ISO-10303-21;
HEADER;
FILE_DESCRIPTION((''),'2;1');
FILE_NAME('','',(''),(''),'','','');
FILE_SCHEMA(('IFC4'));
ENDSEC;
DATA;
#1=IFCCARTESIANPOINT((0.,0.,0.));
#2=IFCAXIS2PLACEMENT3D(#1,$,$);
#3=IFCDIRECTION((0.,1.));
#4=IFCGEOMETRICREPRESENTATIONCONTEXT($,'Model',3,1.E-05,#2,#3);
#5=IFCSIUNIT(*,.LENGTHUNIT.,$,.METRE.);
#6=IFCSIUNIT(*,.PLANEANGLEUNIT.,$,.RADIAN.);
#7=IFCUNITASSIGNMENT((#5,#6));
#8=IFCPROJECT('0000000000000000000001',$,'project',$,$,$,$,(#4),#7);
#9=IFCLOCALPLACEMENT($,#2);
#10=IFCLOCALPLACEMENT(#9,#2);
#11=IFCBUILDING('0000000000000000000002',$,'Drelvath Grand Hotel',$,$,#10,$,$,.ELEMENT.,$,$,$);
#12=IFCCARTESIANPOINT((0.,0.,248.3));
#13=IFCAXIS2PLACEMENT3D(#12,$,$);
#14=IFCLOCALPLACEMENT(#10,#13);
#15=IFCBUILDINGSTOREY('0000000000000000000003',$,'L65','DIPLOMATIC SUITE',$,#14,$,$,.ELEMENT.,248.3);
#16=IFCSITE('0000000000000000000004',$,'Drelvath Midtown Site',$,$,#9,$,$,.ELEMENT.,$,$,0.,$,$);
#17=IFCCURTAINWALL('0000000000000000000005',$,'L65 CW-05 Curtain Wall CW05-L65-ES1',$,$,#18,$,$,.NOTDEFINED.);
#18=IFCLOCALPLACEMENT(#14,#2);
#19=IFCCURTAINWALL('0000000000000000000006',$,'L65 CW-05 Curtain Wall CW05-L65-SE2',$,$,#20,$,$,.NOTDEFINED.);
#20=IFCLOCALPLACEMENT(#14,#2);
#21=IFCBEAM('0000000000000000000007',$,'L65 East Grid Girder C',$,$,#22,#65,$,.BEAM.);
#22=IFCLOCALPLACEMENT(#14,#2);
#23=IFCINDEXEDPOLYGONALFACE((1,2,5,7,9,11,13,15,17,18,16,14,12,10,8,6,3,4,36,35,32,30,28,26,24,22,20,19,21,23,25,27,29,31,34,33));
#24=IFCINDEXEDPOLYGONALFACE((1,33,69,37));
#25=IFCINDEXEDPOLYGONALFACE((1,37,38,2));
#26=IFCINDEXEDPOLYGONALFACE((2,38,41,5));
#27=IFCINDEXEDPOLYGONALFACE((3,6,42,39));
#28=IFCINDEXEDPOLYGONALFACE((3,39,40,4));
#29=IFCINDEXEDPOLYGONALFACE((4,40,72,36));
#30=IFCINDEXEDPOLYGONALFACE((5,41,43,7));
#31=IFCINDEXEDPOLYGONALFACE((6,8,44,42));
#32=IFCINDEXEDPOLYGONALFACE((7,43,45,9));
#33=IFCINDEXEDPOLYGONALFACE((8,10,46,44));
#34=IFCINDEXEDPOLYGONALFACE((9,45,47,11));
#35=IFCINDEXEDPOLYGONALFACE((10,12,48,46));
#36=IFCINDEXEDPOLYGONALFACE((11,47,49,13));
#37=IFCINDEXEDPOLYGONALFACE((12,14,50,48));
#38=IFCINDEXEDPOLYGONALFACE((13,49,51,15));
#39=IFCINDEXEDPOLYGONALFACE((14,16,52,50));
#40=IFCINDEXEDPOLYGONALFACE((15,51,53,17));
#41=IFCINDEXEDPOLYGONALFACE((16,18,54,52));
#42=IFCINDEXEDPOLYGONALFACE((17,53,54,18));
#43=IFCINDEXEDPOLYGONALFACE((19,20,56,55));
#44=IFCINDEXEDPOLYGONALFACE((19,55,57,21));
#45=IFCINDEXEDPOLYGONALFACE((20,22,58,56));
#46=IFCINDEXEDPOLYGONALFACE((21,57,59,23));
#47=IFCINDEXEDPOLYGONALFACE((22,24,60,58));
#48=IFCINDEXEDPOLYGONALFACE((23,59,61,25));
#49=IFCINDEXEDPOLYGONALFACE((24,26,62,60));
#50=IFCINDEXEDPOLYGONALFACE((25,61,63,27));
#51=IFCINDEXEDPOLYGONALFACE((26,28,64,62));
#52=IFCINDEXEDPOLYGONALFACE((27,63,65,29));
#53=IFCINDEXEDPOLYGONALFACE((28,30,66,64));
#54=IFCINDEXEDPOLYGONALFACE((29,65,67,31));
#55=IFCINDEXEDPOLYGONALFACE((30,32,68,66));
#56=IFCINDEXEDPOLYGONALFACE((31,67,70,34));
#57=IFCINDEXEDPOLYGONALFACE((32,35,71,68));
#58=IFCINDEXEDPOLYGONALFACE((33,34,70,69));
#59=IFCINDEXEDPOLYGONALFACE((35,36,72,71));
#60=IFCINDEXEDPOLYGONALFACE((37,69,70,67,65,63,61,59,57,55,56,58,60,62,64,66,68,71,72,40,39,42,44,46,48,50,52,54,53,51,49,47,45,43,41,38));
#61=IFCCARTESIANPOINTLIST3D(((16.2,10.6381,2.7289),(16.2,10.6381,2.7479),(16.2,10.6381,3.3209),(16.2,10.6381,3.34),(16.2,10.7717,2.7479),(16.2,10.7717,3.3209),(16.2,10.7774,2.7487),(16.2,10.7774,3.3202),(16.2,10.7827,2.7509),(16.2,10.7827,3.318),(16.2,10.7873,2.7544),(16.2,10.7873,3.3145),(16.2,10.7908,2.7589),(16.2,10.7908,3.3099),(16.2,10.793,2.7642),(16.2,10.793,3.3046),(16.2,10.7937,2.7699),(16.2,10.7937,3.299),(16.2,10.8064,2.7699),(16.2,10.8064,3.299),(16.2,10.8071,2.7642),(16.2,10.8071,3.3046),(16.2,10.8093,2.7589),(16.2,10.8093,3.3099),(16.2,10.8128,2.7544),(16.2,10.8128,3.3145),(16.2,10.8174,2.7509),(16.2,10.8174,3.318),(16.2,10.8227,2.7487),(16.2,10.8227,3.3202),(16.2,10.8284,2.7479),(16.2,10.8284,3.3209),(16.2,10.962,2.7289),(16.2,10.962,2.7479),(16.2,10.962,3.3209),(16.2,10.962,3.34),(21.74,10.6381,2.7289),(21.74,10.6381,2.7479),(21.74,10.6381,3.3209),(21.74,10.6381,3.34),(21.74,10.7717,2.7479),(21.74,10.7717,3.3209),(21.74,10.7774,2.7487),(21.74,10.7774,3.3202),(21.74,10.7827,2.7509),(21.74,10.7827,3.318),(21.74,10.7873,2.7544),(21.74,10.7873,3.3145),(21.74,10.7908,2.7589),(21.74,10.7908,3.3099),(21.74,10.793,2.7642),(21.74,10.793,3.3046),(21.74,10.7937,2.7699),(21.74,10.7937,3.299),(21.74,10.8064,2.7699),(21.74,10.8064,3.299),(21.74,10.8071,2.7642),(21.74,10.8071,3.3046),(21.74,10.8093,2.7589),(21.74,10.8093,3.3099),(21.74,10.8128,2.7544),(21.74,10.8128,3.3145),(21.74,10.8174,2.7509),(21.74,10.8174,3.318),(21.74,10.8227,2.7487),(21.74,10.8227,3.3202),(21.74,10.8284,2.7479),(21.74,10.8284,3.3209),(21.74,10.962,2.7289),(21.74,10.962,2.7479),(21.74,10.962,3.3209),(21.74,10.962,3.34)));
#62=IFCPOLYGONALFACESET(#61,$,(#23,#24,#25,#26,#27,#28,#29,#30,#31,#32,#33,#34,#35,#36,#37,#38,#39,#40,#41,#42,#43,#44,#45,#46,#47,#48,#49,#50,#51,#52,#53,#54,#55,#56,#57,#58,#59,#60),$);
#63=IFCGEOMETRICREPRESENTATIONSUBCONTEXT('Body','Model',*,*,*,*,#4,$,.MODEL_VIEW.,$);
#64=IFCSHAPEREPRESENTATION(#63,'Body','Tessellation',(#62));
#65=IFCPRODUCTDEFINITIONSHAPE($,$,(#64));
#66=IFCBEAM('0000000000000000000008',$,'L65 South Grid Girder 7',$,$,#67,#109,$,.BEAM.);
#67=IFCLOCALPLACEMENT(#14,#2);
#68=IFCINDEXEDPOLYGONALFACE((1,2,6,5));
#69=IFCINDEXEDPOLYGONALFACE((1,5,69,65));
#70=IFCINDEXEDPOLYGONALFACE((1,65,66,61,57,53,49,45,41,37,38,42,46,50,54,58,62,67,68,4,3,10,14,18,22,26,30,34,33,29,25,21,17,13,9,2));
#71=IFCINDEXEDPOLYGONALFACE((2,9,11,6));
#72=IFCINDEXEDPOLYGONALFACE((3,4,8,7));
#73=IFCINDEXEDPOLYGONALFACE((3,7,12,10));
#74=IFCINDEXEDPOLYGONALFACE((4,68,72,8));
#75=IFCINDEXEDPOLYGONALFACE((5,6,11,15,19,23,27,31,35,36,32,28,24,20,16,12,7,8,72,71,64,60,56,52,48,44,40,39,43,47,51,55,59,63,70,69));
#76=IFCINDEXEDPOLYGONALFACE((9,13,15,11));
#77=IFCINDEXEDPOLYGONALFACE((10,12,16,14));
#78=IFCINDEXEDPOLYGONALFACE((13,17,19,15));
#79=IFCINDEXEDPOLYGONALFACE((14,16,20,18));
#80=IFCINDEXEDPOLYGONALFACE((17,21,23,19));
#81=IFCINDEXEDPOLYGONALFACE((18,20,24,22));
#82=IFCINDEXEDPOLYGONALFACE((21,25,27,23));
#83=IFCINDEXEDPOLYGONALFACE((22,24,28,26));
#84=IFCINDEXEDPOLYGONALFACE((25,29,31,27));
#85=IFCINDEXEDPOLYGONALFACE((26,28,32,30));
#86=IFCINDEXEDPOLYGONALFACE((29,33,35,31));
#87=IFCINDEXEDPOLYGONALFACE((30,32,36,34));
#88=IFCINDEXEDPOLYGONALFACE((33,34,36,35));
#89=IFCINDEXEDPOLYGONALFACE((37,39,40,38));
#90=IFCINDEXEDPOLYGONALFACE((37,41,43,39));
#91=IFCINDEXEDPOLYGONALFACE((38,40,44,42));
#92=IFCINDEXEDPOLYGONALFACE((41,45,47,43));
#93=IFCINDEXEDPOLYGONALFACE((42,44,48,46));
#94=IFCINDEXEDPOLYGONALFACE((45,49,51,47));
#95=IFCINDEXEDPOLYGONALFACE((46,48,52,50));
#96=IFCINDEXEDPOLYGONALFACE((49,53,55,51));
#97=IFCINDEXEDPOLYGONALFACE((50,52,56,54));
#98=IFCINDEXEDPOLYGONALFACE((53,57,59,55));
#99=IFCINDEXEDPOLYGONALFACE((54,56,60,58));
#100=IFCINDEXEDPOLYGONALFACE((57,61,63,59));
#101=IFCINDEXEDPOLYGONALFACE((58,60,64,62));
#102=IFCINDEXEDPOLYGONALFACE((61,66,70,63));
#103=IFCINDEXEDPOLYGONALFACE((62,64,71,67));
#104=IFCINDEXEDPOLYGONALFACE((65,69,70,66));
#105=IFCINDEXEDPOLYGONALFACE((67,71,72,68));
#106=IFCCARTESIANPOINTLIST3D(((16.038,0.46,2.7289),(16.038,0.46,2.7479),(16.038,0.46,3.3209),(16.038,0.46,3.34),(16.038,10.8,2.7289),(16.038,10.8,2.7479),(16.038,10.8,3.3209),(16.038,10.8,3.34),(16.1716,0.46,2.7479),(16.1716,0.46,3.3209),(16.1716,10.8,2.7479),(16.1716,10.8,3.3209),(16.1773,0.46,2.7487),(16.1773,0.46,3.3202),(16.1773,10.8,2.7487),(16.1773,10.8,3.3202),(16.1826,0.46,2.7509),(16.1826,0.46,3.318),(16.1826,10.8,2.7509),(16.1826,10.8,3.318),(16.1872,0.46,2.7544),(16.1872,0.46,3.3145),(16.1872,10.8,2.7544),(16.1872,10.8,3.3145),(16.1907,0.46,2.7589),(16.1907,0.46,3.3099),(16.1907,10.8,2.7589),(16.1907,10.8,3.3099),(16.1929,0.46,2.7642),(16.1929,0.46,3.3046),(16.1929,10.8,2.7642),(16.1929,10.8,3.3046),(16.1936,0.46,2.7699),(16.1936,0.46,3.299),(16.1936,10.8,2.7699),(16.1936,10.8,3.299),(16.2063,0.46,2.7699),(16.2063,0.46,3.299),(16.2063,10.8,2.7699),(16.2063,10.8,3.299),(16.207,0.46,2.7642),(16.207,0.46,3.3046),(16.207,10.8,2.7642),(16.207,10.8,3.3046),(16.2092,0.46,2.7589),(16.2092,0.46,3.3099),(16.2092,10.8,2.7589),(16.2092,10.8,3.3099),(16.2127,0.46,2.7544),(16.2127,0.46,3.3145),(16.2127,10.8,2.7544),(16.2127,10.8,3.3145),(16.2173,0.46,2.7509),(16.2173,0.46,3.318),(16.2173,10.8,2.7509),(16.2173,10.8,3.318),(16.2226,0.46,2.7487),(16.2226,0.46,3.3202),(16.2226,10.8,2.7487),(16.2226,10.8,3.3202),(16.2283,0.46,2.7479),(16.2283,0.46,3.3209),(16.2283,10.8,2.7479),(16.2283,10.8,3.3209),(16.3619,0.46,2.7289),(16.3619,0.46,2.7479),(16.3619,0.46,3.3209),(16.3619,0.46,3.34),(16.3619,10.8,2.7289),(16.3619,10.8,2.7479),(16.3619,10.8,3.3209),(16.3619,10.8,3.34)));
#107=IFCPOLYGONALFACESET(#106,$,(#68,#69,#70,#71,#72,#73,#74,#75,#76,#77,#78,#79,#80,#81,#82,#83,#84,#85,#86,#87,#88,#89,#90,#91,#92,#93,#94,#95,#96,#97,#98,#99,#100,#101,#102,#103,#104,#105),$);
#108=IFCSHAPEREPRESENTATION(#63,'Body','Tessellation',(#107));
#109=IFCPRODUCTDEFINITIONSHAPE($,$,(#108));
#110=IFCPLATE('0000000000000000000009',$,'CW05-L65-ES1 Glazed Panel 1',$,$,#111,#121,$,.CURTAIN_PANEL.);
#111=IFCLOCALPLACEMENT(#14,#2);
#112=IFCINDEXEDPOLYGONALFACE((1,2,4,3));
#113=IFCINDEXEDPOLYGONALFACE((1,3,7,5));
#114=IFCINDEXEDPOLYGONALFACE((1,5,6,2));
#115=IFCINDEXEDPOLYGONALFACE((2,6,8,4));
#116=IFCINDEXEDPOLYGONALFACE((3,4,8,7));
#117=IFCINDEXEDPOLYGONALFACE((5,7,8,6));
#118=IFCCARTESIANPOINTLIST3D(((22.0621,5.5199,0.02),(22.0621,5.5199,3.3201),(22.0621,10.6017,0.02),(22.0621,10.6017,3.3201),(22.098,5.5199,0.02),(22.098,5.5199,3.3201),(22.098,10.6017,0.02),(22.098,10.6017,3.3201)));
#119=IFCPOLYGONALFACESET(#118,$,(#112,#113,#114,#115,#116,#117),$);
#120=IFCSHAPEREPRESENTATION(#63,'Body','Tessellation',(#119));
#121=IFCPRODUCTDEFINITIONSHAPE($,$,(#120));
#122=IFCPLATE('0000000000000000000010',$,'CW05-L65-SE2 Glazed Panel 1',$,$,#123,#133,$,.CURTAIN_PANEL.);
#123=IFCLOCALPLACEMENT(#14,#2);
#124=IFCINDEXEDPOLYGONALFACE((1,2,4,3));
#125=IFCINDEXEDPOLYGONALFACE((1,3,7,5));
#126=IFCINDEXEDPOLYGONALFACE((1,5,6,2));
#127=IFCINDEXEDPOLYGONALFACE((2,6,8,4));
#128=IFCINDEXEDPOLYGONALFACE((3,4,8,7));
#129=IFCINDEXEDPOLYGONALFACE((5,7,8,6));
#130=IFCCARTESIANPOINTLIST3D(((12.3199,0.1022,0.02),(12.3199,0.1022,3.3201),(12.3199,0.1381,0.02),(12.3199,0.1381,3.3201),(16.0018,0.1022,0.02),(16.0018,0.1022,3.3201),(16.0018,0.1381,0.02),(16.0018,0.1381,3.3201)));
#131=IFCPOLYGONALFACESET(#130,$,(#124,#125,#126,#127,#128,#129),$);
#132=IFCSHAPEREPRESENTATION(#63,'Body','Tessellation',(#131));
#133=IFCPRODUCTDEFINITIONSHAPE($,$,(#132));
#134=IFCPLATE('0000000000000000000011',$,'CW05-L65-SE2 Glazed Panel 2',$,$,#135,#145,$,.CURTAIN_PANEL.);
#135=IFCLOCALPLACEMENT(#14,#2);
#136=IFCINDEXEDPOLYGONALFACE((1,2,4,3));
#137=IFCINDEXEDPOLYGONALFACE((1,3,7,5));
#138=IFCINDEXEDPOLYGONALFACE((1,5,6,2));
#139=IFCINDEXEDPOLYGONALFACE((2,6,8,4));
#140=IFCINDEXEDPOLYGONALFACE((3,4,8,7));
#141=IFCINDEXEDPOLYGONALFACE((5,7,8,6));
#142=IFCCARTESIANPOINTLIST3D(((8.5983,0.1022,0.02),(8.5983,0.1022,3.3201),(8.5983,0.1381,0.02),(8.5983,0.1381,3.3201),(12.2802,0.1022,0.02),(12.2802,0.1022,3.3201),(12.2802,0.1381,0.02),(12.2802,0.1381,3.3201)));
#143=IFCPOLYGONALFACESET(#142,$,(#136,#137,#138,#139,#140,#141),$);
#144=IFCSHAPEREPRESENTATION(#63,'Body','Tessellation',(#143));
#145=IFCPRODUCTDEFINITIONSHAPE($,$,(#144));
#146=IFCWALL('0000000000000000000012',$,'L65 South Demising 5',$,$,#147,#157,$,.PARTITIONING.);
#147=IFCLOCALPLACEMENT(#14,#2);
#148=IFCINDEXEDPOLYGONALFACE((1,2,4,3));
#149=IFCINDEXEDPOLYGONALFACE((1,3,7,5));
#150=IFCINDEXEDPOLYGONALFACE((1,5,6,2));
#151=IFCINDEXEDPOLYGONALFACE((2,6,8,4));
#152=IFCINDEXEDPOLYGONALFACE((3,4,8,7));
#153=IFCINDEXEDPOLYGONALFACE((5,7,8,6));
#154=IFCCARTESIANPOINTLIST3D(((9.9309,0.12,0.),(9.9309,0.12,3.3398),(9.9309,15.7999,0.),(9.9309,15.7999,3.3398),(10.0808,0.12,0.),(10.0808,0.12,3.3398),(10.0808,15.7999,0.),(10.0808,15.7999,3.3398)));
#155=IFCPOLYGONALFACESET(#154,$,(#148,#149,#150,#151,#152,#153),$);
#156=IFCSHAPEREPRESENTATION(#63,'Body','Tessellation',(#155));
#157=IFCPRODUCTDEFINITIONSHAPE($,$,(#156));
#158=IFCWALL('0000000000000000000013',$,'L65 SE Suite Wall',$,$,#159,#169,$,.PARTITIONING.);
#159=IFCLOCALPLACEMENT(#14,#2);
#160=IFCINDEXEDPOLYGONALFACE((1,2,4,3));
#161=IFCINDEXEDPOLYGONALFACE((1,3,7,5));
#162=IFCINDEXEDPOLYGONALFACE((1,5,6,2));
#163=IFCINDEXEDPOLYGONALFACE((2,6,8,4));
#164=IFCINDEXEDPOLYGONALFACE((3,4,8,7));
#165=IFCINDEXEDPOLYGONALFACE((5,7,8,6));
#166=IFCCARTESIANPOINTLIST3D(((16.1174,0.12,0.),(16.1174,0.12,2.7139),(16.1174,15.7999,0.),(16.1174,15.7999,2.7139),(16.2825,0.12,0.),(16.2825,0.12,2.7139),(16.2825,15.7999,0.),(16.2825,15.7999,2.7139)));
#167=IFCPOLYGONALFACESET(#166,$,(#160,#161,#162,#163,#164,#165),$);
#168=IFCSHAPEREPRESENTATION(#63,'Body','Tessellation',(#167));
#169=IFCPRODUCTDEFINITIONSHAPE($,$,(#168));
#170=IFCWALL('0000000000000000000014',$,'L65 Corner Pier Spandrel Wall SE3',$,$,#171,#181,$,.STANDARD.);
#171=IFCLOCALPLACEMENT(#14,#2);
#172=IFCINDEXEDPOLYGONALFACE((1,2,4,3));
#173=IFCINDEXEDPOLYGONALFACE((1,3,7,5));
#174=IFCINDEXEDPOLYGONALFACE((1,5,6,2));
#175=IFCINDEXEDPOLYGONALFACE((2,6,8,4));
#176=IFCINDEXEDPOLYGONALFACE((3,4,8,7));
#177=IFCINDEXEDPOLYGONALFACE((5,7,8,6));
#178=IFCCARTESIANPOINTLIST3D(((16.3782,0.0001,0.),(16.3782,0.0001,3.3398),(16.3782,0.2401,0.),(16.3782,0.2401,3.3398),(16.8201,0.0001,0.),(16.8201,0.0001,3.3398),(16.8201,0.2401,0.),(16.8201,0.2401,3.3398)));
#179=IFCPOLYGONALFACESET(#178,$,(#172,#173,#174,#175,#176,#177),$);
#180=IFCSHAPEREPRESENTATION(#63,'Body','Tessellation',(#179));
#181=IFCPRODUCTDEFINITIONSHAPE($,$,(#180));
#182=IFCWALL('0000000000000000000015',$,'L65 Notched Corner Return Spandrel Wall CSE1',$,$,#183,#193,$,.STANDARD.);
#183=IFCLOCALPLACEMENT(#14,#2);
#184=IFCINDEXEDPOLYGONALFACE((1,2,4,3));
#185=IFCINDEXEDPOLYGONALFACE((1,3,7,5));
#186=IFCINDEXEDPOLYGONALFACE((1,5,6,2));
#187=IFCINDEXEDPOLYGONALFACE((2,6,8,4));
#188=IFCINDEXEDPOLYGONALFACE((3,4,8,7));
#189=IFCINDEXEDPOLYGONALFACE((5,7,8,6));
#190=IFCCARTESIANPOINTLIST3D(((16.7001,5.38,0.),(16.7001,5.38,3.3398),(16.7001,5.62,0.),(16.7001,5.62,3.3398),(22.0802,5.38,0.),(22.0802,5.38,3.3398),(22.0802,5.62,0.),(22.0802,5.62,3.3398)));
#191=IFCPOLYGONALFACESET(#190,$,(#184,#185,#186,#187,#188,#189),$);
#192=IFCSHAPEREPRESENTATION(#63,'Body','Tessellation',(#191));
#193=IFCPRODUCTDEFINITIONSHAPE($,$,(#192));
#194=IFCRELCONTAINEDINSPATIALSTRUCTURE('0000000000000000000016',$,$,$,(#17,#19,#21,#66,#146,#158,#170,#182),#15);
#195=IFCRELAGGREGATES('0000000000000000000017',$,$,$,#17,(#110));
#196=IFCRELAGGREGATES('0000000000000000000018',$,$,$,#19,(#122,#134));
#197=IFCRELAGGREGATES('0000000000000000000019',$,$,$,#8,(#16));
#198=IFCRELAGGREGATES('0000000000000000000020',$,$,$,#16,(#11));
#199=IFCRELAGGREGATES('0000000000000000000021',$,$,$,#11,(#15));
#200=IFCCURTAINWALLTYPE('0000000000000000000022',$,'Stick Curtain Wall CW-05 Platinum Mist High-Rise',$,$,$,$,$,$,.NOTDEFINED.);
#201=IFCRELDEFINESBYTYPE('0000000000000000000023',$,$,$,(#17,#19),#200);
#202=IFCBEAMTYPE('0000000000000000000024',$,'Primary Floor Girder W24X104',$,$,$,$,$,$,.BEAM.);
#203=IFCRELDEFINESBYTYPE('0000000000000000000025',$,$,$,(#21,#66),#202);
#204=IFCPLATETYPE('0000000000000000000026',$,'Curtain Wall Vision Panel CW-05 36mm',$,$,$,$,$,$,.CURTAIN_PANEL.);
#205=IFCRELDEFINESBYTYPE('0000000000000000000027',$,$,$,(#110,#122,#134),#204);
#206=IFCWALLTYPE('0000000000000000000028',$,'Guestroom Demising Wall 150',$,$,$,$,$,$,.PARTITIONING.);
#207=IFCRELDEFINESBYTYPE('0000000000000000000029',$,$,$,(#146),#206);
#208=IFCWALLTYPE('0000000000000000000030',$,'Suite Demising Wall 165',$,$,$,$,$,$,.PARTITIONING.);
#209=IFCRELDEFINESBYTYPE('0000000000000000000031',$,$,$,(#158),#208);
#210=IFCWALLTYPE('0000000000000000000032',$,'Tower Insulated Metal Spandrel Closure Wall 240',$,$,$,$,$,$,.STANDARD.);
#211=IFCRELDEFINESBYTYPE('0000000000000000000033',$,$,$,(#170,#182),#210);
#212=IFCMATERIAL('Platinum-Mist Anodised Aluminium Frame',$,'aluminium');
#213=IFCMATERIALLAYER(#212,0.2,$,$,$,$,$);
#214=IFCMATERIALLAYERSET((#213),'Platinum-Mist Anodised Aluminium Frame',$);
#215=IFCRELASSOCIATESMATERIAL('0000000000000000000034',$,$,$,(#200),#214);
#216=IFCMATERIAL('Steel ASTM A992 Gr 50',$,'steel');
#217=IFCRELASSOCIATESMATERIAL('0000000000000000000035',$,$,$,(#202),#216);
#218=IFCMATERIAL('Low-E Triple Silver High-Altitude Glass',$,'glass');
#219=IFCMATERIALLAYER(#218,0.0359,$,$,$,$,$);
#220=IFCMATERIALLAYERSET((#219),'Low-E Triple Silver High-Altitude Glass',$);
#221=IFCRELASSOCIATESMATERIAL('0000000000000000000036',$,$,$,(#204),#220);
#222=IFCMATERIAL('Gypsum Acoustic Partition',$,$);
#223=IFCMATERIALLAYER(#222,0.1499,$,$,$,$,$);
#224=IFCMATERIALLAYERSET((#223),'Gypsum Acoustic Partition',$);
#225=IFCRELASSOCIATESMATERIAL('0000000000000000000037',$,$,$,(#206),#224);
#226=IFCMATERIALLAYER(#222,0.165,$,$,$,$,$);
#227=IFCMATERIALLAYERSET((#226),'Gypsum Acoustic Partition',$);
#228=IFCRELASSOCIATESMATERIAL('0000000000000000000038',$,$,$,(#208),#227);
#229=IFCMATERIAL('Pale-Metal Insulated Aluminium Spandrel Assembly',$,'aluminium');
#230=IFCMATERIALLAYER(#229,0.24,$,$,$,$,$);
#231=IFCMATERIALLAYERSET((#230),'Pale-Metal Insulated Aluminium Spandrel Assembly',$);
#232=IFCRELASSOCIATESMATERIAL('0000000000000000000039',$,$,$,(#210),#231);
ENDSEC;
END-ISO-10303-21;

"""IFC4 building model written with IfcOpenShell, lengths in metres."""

from ifc_helpers import new_model, si_unit, direction, frame, frame_2d, origin, origin_2d, place, context, subcontext, project, spatial, rectangle, i_section, extrude, material, layer, layer_set, material_profile, profile_set, type_object, element, aggregate, save


model = new_model("IFC4")

# Units and contexts
model_context = context("Model", 3, precision=1e-05, world=origin(), true_north=direction((0.0, 1.0)))
body_context = subcontext(model_context, "Body", "Model", "MODEL_VIEW")
ifc_project = project(units=[si_unit("LENGTHUNIT", "METRE"), si_unit("PLANEANGLEUNIT", "RADIAN")], contexts=[model_context])

# Site, building, storey
site_placement = place(None, origin())
site = spatial("IfcSite", under=ifc_project, at=site_placement, Name="Drelvath Midtown Site", CompositionType="ELEMENT", RefElevation=0.0)
building_placement = place(site_placement, origin())
building = spatial("IfcBuilding", under=site, at=building_placement, Name="Drelvath Grand Hotel", CompositionType="ELEMENT")
storey_placement = place(building_placement, frame((0.0, 0.0, 248.3)))
storey = spatial("IfcBuildingStorey", under=building, at=storey_placement, Name="L65", Description="DIPLOMATIC SUITE", CompositionType="ELEMENT", Elevation=248.3)

# Shared definitions
ifc_material_1 = material(Name="Steel ASTM A992 Gr 50", Category="steel")

# Curtain walls
ifc_material_2 = material(Name="Platinum-Mist Anodised Aluminium Frame", Category="aluminium")
ifc_layer_1 = layer(ifc_material_2, 0.2)
ifc_layer_set_1 = layer_set([ifc_layer_1], Name="Platinum-Mist Anodised Aluminium Frame")
curtain_wall_type = type_object("IfcCurtainWallType", Name="Stick Curtain Wall CW-05 Platinum Mist High-Rise", PredefinedType="NOTDEFINED", material=ifc_layer_set_1)
curtain_wall_1_placement = place(storey_placement, origin())
curtain_wall_1 = element("IfcCurtainWall", 1, at=curtain_wall_1_placement, inside=storey, type_object=curtain_wall_type, Name="L65 CW-05 Curtain Wall CW05-L65-ES1", PredefinedType="NOTDEFINED")
curtain_wall_2_placement = place(storey_placement, origin())
curtain_wall_2 = element("IfcCurtainWall", 2, at=curtain_wall_2_placement, inside=storey, type_object=curtain_wall_type, Name="L65 CW-05 Curtain Wall CW05-L65-SE2", PredefinedType="NOTDEFINED")

# Beams
ifc_material_profile_1 = material_profile(ifc_material_1, i_section(OverallWidth=0.324, OverallDepth=0.6111, WebThickness=0.0127, FlangeThickness=0.019, FilletRadius=0.022, at=origin_2d()), Name="W24X104")
ifc_profile_set_1 = profile_set([ifc_material_profile_1], Name="Steel ASTM A992 Gr 50")
beam_type_1 = type_object("IfcBeamType", Name="Primary Floor Girder W24X104", PredefinedType="BEAM", material=ifc_profile_set_1)
beam_1_placement = place(storey_placement, frame((16.2, 10.8, 3.0344), z_axis=(1.0, 0.0, 0.0), x_axis=(0.0, 1.0, 0.0)))
element("IfcBeam", 3, at=beam_1_placement, inside=storey, type_object=beam_type_1, Name="L65 East Grid Girder C", PredefinedType="BEAM", context=body_context, shape_type="SweptSolid", body=[
    extrude(i_section(OverallWidth=0.324, OverallDepth=0.6111, WebThickness=0.0127, FlangeThickness=0.019, FilletRadius=0.022, at=origin_2d()), origin(), (0.0, 0.0, 1.0), 5.54),
])
beam_2_placement = place(storey_placement, frame((16.2, 0.46, 3.0344), z_axis=(0.0, 1.0, 0.0), x_axis=(-1.0, 0.0, 0.0)))
element("IfcBeam", 4, at=beam_2_placement, inside=storey, type_object=beam_type_1, Name="L65 South Grid Girder 7", PredefinedType="BEAM", context=body_context, shape_type="SweptSolid", body=[
    extrude(i_section(OverallWidth=0.324, OverallDepth=0.6111, WebThickness=0.0127, FlangeThickness=0.019, FilletRadius=0.022, at=origin_2d()), origin(), (0.0, 0.0, 1.0), 10.3401),
])

# Plates
ifc_material_3 = material(Name="Low-E Triple Silver High-Altitude Glass", Category="glass")
ifc_layer_2 = layer(ifc_material_3, 0.0359)
ifc_layer_set_2 = layer_set([ifc_layer_2], Name="Low-E Triple Silver High-Altitude Glass")
plate_type = type_object("IfcPlateType", Name="Curtain Wall Vision Panel CW-05 36mm", PredefinedType="CURTAIN_PANEL", material=ifc_layer_set_2)
plate_1_placement = place(storey_placement, frame((22.0801, 8.0608, 0.02), z_axis=(0.0, 0.0, 1.0), x_axis=(0.0, -1.0, 0.0)))
plate_1 = element("IfcPlate", 5, at=plate_1_placement, type_object=plate_type, Name="CW05-L65-ES1 Glazed Panel 1", PredefinedType="CURTAIN_PANEL", context=body_context, shape_type="SweptSolid", body=[
    extrude(rectangle(XDim=5.0818, YDim=0.0359, at=origin_2d()), origin(), (0.0, 0.0, 1.0), 3.3),
])
aggregate(curtain_wall_1, [plate_1])
plate_2_placement = place(storey_placement, frame((14.1609, 0.1201, 0.02), z_axis=(0.0, 0.0, 1.0), x_axis=(-1.0, 0.0, 0.0)))
plate_2 = element("IfcPlate", 6, at=plate_2_placement, type_object=plate_type, Name="CW05-L65-SE2 Glazed Panel 1", PredefinedType="CURTAIN_PANEL", context=body_context, shape_type="SweptSolid", body=[
    extrude(rectangle(XDim=3.6819, YDim=0.0359, at=origin_2d()), origin(), (0.0, 0.0, 1.0), 3.3),
])
plate_3_placement = place(storey_placement, frame((10.4392, 0.1201, 0.02), z_axis=(0.0, 0.0, 1.0), x_axis=(-1.0, 0.0, 0.0)))
plate_3 = element("IfcPlate", 7, at=plate_3_placement, type_object=plate_type, Name="CW05-L65-SE2 Glazed Panel 2", PredefinedType="CURTAIN_PANEL", context=body_context, shape_type="SweptSolid", body=[
    extrude(rectangle(XDim=3.6819, YDim=0.0359, at=origin_2d()), origin(), (0.0, 0.0, 1.0), 3.3),
])
aggregate(curtain_wall_2, [plate_2, plate_3])

# Walls
ifc_material_4 = material(Name="Gypsum Acoustic Partition")
ifc_layer_3 = layer(ifc_material_4, 0.1499)
ifc_layer_set_3 = layer_set([ifc_layer_3], Name="Gypsum Acoustic Partition")
wall_type_1 = type_object("IfcWallType", Name="Guestroom Demising Wall 150", PredefinedType="PARTITIONING", material=ifc_layer_set_3)
wall_1_placement = place(storey_placement, frame((10.0059, 0.1201, 0.0), z_axis=(0.0, 0.0, 1.0), x_axis=(0.0, 1.0, 0.0)))
element("IfcWall", 8, at=wall_1_placement, inside=storey, type_object=wall_type_1, Name="L65 South Demising 5", PredefinedType="PARTITIONING", context=body_context, shape_type="SweptSolid", body=[
    extrude(rectangle(XDim=15.6799, YDim=0.1499, at=frame_2d((7.8398, 0.0))), origin(), (0.0, 0.0, 1.0), 3.3398),
])
ifc_layer_4 = layer(ifc_material_4, 0.165)
ifc_layer_set_4 = layer_set([ifc_layer_4], Name="Gypsum Acoustic Partition")
wall_type_2 = type_object("IfcWallType", Name="Suite Demising Wall 165", PredefinedType="PARTITIONING", material=ifc_layer_set_4)
wall_2_placement = place(storey_placement, frame((16.2, 0.1201, 0.0), z_axis=(0.0, 0.0, 1.0), x_axis=(0.0, 1.0, 0.0)))
element("IfcWall", 9, at=wall_2_placement, inside=storey, type_object=wall_type_2, Name="L65 SE Suite Wall", PredefinedType="PARTITIONING", context=body_context, shape_type="SweptSolid", body=[
    extrude(rectangle(XDim=15.6799, YDim=0.165, at=frame_2d((7.8398, 0.0))), origin(), (0.0, 0.0, 1.0), 2.7139),
])
ifc_material_5 = material(Name="Pale-Metal Insulated Aluminium Spandrel Assembly", Category="aluminium")
ifc_layer_5 = layer(ifc_material_5, 0.24)
ifc_layer_set_5 = layer_set([ifc_layer_5], Name="Pale-Metal Insulated Aluminium Spandrel Assembly")
wall_type_3 = type_object("IfcWallType", Name="Tower Insulated Metal Spandrel Closure Wall 240", PredefinedType="STANDARD", material=ifc_layer_set_5)
wall_3_placement = place(storey_placement, frame((16.8201, 0.1201, 0.0), z_axis=(0.0, 0.0, 1.0), x_axis=(-1.0, 0.0, 0.0)))
element("IfcWall", 10, at=wall_3_placement, inside=storey, type_object=wall_type_3, Name="L65 Corner Pier Spandrel Wall SE3", PredefinedType="STANDARD", context=body_context, shape_type="SweptSolid", body=[
    extrude(rectangle(XDim=0.4419, YDim=0.24, at=frame_2d((0.2209, 0.0))), origin(), (0.0, 0.0, 1.0), 3.3398),
])
wall_4_placement = place(storey_placement, frame((22.0801, 5.5, 0.0), z_axis=(0.0, 0.0, 1.0), x_axis=(-1.0, 0.0, 0.0)))
element("IfcWall", 11, at=wall_4_placement, inside=storey, type_object=wall_type_3, Name="L65 Notched Corner Return Spandrel Wall CSE1", PredefinedType="STANDARD", context=body_context, shape_type="SweptSolid", body=[
    extrude(rectangle(XDim=5.3801, YDim=0.24, at=frame_2d((2.6899, 0.0))), origin(), (0.0, 0.0, 1.0), 3.3398),
])

save(model, "model.ifc")
